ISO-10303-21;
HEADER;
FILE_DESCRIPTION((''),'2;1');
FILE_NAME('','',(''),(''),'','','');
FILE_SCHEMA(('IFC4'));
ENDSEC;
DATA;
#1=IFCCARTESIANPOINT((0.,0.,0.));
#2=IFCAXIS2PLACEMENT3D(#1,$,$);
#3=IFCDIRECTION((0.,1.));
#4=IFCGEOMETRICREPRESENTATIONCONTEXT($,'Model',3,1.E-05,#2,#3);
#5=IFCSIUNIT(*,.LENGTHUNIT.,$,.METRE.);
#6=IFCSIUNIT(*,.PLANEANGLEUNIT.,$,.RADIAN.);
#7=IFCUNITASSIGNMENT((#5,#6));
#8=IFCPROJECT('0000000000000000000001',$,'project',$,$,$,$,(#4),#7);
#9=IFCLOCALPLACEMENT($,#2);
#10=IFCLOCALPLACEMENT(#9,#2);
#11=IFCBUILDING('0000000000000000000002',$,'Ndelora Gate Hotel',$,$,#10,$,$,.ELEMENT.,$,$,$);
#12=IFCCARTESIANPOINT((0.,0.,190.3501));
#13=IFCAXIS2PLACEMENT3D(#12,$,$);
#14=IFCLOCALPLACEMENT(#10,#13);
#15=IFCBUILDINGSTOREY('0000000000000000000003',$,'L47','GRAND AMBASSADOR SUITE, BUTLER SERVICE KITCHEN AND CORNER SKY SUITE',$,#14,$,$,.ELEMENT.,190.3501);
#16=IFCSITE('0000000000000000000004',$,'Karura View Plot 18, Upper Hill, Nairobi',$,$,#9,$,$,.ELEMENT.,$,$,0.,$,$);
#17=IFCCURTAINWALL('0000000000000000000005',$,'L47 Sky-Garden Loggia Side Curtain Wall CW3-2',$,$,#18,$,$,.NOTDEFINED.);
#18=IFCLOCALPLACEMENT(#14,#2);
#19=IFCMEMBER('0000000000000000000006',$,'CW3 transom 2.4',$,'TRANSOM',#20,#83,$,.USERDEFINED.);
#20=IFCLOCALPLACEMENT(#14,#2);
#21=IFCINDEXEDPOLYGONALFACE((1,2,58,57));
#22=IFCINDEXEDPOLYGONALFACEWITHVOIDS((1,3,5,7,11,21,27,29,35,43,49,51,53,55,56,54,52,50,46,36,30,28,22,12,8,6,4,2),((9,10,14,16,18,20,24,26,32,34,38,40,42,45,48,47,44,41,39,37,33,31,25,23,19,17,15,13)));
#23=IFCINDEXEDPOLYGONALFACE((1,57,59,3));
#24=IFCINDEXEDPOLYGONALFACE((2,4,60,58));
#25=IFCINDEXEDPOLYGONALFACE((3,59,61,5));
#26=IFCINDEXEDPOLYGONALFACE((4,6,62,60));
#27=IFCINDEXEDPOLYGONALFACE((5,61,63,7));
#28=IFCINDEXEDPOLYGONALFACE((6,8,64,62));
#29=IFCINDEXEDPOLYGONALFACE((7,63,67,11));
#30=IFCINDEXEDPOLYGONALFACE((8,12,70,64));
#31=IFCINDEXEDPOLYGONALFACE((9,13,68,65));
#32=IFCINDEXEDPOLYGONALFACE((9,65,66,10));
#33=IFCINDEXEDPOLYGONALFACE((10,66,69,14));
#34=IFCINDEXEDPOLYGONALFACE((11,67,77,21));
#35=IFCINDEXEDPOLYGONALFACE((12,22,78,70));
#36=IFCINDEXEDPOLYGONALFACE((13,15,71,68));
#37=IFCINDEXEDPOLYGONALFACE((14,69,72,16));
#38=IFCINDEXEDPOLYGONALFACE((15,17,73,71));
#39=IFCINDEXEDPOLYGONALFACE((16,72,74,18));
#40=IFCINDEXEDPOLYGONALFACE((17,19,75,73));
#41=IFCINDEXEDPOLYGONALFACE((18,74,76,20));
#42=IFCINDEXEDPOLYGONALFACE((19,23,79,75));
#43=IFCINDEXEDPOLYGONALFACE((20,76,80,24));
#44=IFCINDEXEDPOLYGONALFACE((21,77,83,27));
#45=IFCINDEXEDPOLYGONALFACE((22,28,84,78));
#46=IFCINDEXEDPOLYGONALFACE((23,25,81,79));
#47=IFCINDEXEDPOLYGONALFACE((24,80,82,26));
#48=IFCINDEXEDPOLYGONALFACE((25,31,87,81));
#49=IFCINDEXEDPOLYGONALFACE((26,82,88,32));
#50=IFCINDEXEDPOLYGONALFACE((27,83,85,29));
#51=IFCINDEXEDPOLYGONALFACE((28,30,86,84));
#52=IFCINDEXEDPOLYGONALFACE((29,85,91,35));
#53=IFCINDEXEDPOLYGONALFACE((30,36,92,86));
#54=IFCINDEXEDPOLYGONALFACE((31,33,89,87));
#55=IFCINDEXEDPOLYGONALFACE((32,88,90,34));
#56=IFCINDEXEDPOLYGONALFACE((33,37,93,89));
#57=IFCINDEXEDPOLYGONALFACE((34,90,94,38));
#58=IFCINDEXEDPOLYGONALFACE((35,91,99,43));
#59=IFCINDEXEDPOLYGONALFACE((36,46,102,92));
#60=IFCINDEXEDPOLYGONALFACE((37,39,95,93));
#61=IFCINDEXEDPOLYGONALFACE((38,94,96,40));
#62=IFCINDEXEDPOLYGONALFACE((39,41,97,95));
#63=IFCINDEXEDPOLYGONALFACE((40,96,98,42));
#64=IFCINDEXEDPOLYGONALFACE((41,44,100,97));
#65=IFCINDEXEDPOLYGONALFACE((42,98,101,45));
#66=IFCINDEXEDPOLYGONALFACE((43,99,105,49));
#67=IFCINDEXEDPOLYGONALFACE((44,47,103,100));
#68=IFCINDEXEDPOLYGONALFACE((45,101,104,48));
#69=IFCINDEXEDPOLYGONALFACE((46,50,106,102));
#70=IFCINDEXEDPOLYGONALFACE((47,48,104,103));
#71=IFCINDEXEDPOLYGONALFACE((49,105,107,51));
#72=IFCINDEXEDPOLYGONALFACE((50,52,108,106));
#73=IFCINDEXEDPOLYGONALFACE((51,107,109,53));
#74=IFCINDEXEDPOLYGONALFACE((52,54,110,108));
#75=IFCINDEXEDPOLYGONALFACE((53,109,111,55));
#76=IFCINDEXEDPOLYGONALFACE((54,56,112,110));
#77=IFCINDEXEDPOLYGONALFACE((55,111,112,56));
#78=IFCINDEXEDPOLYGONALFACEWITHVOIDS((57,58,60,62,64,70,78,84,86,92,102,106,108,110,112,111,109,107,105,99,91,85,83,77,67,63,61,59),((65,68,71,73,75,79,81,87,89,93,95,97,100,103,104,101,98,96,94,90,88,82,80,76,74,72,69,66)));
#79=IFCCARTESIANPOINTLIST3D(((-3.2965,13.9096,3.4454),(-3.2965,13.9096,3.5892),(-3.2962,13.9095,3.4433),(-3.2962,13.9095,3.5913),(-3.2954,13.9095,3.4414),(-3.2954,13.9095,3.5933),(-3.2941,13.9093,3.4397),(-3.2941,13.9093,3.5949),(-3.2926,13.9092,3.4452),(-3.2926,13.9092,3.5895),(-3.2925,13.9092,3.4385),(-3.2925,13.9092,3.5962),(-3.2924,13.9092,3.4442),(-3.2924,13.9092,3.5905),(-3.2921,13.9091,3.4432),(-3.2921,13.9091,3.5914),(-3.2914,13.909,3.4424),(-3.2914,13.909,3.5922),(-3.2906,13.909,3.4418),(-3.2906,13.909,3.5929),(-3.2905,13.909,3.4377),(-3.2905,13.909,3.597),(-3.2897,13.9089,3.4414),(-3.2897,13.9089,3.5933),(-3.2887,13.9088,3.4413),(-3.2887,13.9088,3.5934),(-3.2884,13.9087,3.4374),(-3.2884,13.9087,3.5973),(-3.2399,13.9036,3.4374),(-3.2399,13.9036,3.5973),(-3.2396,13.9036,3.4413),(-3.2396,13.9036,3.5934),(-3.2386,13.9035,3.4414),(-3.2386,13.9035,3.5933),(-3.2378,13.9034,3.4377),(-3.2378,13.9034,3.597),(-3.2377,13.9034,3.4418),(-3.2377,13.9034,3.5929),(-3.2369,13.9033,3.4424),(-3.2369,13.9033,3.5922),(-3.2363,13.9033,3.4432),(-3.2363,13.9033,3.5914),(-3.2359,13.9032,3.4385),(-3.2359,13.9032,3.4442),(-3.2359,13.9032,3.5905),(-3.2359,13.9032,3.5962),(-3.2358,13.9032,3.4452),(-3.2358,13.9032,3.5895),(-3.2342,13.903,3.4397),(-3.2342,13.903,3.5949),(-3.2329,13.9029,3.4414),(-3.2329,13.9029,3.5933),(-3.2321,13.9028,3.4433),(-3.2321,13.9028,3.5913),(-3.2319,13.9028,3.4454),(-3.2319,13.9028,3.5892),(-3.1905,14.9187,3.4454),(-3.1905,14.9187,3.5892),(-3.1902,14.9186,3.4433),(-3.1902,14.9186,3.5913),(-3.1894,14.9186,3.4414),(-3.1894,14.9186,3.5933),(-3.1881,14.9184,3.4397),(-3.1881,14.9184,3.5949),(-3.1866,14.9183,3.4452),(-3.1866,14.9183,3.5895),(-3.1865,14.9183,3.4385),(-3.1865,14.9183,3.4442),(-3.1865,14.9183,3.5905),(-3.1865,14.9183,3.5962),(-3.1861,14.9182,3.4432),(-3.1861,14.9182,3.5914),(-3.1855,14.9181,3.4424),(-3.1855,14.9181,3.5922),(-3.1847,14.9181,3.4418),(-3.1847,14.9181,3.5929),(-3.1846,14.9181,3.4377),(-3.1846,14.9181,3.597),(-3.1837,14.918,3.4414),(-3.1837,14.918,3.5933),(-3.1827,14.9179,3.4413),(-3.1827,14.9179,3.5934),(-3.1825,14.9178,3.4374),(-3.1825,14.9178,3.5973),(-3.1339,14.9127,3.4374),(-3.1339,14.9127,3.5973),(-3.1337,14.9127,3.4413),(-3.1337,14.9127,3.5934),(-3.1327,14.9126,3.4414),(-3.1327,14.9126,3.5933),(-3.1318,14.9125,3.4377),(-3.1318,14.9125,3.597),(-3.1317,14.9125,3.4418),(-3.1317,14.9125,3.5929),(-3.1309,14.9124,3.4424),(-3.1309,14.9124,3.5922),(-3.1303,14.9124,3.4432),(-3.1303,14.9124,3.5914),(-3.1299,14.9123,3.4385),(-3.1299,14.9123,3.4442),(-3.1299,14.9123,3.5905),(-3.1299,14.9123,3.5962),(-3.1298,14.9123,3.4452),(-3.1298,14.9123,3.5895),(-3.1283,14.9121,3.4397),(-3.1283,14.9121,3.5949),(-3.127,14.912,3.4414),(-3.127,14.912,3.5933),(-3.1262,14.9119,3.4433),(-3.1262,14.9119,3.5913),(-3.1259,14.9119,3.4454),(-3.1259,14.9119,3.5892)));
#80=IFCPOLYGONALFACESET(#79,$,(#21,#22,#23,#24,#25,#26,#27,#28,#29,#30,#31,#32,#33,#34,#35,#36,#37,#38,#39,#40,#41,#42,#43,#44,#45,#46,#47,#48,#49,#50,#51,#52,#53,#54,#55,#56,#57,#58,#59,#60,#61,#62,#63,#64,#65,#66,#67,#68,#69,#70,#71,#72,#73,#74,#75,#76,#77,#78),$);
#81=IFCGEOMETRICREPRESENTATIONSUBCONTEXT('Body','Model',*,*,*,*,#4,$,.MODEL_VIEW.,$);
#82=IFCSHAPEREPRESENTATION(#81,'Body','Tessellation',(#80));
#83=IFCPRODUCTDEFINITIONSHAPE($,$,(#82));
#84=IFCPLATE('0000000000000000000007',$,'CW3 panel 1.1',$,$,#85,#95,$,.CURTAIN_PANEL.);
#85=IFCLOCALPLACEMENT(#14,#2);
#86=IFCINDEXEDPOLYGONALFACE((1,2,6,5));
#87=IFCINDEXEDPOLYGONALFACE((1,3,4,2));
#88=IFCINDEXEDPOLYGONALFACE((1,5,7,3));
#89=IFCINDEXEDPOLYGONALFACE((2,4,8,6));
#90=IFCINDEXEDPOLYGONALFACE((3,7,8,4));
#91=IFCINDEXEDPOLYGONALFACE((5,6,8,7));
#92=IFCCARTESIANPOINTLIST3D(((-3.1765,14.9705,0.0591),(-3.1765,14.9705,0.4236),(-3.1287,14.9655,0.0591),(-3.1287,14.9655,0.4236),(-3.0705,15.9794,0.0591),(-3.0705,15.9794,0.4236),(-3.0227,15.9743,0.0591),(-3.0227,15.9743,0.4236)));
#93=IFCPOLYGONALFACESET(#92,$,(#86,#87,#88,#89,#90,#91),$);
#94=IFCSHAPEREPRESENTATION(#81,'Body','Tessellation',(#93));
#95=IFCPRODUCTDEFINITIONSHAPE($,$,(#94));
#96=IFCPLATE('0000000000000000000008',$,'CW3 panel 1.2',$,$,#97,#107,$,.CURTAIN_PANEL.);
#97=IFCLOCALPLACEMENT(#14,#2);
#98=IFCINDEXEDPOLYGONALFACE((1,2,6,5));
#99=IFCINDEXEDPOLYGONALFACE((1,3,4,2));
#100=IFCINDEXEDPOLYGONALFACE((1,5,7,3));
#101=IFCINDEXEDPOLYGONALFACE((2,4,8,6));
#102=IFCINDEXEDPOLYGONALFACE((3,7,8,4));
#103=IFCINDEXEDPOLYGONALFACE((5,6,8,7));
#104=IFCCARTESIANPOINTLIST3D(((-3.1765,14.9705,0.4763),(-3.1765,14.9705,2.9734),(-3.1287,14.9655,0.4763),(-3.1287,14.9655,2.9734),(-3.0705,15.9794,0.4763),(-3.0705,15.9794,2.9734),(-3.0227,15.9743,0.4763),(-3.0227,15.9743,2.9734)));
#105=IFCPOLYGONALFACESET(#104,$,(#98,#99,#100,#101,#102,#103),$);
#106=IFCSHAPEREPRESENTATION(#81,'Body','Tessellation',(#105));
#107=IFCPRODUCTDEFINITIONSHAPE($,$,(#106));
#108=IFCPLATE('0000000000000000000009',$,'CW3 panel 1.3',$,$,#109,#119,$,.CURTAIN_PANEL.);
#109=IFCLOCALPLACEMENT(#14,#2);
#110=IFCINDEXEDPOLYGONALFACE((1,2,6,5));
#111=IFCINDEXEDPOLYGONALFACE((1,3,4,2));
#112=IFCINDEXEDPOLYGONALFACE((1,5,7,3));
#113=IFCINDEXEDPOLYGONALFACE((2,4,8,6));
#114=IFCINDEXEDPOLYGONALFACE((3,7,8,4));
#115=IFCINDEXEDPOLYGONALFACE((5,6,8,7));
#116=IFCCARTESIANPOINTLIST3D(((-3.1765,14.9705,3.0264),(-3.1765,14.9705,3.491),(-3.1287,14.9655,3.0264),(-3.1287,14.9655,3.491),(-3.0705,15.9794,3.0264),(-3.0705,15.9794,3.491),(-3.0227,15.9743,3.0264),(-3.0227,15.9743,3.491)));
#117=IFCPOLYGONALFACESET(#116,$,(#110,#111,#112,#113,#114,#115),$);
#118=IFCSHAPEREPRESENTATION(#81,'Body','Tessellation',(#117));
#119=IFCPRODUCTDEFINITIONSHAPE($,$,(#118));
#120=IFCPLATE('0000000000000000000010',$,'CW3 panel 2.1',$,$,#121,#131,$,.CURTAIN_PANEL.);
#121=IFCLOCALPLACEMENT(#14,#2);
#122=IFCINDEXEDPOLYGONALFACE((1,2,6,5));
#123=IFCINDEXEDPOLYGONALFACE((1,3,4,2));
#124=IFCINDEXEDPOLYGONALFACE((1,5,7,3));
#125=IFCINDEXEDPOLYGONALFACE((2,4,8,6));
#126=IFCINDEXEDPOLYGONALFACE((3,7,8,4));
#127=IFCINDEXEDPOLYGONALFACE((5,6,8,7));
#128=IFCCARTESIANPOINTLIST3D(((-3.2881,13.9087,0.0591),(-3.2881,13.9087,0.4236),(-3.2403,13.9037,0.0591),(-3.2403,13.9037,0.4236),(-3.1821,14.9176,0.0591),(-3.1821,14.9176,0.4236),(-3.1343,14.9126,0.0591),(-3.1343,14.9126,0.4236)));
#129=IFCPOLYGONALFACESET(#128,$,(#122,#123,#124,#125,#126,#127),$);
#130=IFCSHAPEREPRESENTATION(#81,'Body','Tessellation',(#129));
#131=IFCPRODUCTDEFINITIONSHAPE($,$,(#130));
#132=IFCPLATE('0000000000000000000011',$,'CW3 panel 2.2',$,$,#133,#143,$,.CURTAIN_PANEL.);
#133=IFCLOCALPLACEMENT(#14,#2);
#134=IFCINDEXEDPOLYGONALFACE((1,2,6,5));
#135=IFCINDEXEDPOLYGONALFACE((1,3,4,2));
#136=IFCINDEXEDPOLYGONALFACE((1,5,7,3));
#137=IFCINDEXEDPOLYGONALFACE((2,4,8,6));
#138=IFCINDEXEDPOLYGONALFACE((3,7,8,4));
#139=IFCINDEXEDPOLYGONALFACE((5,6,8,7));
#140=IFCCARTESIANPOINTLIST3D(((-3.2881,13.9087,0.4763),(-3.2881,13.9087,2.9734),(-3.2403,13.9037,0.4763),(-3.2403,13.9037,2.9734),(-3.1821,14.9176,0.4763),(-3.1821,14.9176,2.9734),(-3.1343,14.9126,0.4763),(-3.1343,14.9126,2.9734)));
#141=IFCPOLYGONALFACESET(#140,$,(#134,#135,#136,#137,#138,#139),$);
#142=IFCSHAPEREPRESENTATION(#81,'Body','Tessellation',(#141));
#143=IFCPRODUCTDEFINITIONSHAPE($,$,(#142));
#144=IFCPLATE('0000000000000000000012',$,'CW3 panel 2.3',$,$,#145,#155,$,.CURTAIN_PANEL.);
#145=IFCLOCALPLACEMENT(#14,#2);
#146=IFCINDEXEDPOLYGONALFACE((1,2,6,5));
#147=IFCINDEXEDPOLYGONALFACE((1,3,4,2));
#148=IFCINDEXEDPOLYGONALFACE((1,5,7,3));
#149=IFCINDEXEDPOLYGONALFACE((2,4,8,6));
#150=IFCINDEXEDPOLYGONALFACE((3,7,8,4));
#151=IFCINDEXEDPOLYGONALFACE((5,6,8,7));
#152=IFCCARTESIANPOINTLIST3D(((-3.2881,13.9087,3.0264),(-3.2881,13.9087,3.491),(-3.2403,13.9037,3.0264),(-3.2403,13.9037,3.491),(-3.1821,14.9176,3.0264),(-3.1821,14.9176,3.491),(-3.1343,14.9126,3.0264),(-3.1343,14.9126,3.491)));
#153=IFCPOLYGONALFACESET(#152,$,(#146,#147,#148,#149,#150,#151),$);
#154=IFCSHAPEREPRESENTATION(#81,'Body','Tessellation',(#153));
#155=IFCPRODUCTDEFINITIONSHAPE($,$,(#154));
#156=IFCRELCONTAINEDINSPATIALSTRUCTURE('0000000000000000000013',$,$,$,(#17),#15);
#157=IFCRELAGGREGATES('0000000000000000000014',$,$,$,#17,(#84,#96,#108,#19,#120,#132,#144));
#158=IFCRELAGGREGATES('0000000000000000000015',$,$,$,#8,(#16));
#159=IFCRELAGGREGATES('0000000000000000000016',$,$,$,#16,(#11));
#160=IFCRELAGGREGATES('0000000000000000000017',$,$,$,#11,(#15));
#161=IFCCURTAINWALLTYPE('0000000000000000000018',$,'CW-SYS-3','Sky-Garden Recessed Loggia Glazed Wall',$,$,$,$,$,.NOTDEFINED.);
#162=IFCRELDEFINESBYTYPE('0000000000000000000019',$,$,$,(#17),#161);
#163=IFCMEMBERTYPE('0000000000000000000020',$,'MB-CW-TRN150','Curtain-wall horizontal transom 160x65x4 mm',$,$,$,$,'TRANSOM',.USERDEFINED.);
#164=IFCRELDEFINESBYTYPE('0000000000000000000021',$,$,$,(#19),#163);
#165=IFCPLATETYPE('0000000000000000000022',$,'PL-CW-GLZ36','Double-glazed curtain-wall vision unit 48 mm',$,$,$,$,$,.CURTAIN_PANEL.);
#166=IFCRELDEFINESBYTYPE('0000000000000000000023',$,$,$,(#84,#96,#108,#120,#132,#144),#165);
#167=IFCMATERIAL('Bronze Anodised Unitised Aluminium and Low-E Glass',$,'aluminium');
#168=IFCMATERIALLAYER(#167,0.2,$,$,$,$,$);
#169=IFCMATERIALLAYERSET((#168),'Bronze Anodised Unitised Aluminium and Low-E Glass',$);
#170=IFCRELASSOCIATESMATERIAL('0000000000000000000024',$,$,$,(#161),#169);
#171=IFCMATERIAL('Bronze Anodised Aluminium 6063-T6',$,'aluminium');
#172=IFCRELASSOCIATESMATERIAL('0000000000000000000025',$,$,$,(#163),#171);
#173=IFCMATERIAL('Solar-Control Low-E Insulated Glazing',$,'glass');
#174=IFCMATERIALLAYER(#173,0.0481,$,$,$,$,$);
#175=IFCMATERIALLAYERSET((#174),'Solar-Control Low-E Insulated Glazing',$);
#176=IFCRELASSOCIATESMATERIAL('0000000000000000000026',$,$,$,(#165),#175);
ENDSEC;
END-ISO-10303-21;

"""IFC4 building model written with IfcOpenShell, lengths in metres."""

from ifc_helpers import new_model, si_unit, direction, frame, origin, origin_2d, place, context, subcontext, project, spatial, rectangle, hollow_rectangle, extrude, material, layer, layer_set, material_profile, profile_set, type_object, element, aggregate, save


model = new_model("IFC4")

# Units and contexts
model_context = context("Model", 3, precision=1e-05, world=origin(), true_north=direction((0.0, 1.0)))
body_context = subcontext(model_context, "Body", "Model", "MODEL_VIEW")
ifc_project = project(units=[si_unit("LENGTHUNIT", "METRE"), si_unit("PLANEANGLEUNIT", "RADIAN")], contexts=[model_context])

# Site, building, storey
site_placement = place(None, origin())
site = spatial("IfcSite", under=ifc_project, at=site_placement, Name="Karura View Plot 18, Upper Hill, Nairobi", CompositionType="ELEMENT", RefElevation=0.0)
building_placement = place(site_placement, origin())
building = spatial("IfcBuilding", under=site, at=building_placement, Name="Ndelora Gate Hotel", CompositionType="ELEMENT")
storey_placement = place(building_placement, frame((0.0, 0.0, 190.3501)))
storey = spatial("IfcBuildingStorey", under=building, at=storey_placement, Name="L47", Description="GRAND AMBASSADOR SUITE, BUTLER SERVICE KITCHEN AND CORNER SKY SUITE", CompositionType="ELEMENT", Elevation=190.3501)

# Curtain wall, member, plates
ifc_material_1 = material(Name="Bronze Anodised Unitised Aluminium and Low-E Glass", Category="aluminium")
ifc_layer_1 = layer(ifc_material_1, 0.2)
ifc_layer_set_1 = layer_set([ifc_layer_1], Name="Bronze Anodised Unitised Aluminium and Low-E Glass")
curtain_wall_type = type_object("IfcCurtainWallType", Name="CW-SYS-3", Description="Sky-Garden Recessed Loggia Glazed Wall", PredefinedType="NOTDEFINED", material=ifc_layer_set_1)
curtain_wall_placement = place(storey_placement, origin())
curtain_wall = element("IfcCurtainWall", 1, at=curtain_wall_placement, inside=storey, type_object=curtain_wall_type, Name="L47 Sky-Garden Loggia Side Curtain Wall CW3-2", PredefinedType="NOTDEFINED")
ifc_material_2 = material(Name="Bronze Anodised Aluminium 6063-T6", Category="aluminium")
ifc_material_profile_1 = material_profile(ifc_material_2, hollow_rectangle(XDim=0.0649, YDim=0.1599, WallThickness=0.0039, InnerFilletRadius=0.0039, OuterFilletRadius=0.0081, at=origin_2d()), Name="ALU 160x65x4")
ifc_profile_set_1 = profile_set([ifc_material_profile_1], Name="Bronze Anodised Aluminium 6063-T6")
member_type_1 = type_object("IfcMemberType", Name="MB-CW-TRN150", Description="Curtain-wall horizontal transom 160x65x4 mm", ElementType="TRANSOM", PredefinedType="USERDEFINED", material=ifc_profile_set_1)
member_1_placement = place(storey_placement, frame((-3.1582, 14.9153, 3.5173), z_axis=(-0.104434, -0.994532, 0.0), x_axis=(0.994532, -0.104434, 0.0)))
member_1 = element("IfcMember", 2, at=member_1_placement, type_object=member_type_1, Name="CW3 transom 2.4", ObjectType="TRANSOM", PredefinedType="USERDEFINED", context=body_context, shape_type="SweptSolid", body=[
    extrude(hollow_rectangle(XDim=0.0649, YDim=0.1599, WallThickness=0.0039, InnerFilletRadius=0.0039, OuterFilletRadius=0.0081, at=origin_2d()), origin(), (0.0, 0.0, 1.0), 1.0146),
])
ifc_material_3 = material(Name="Solar-Control Low-E Insulated Glazing", Category="glass")
ifc_layer_2 = layer(ifc_material_3, 0.0481)
ifc_layer_set_2 = layer_set([ifc_layer_2], Name="Solar-Control Low-E Insulated Glazing")
plate_type = type_object("IfcPlateType", Name="PL-CW-GLZ36", Description="Double-glazed curtain-wall vision unit 48 mm", PredefinedType="CURTAIN_PANEL", material=ifc_layer_set_2)
plate_1_placement = place(storey_placement, frame((-3.0996, 15.4724, 0.0591), z_axis=(0.0, 0.0, 1.0), x_axis=(-0.104498, -0.994525, 0.0)))
plate_1 = element("IfcPlate", 3, at=plate_1_placement, type_object=plate_type, Name="CW3 panel 1.1", PredefinedType="CURTAIN_PANEL", context=body_context, shape_type="SweptSolid", body=[
    extrude(rectangle(XDim=1.0144, YDim=0.0481, at=origin_2d()), origin(), (0.0, 0.0, 1.0), 0.3645),
])
plate_2_placement = place(storey_placement, frame((-3.0996, 15.4724, 0.4763), z_axis=(0.0, 0.0, 1.0), x_axis=(-0.104498, -0.994525, 0.0)))
plate_2 = element("IfcPlate", 4, at=plate_2_placement, type_object=plate_type, Name="CW3 panel 1.2", PredefinedType="CURTAIN_PANEL", context=body_context, shape_type="SweptSolid", body=[
    extrude(rectangle(XDim=1.0144, YDim=0.0481, at=origin_2d()), origin(), (0.0, 0.0, 1.0), 2.4971),
])
plate_3_placement = place(storey_placement, frame((-3.0996, 15.4724, 3.0264), z_axis=(0.0, 0.0, 1.0), x_axis=(-0.104498, -0.994525, 0.0)))
plate_3 = element("IfcPlate", 5, at=plate_3_placement, type_object=plate_type, Name="CW3 panel 1.3", PredefinedType="CURTAIN_PANEL", context=body_context, shape_type="SweptSolid", body=[
    extrude(rectangle(XDim=1.0144, YDim=0.0481, at=origin_2d()), origin(), (0.0, 0.0, 1.0), 0.4646),
])
plate_4_placement = place(storey_placement, frame((-3.2112, 14.4106, 0.0591), z_axis=(0.0, 0.0, 1.0), x_axis=(-0.104498, -0.994525, 0.0)))
plate_4 = element("IfcPlate", 6, at=plate_4_placement, type_object=plate_type, Name="CW3 panel 2.1", PredefinedType="CURTAIN_PANEL", context=body_context, shape_type="SweptSolid", body=[
    extrude(rectangle(XDim=1.0144, YDim=0.0481, at=origin_2d()), origin(), (0.0, 0.0, 1.0), 0.3645),
])
plate_5_placement = place(storey_placement, frame((-3.2112, 14.4106, 0.4763), z_axis=(0.0, 0.0, 1.0), x_axis=(-0.104498, -0.994525, 0.0)))
plate_5 = element("IfcPlate", 7, at=plate_5_placement, type_object=plate_type, Name="CW3 panel 2.2", PredefinedType="CURTAIN_PANEL", context=body_context, shape_type="SweptSolid", body=[
    extrude(rectangle(XDim=1.0144, YDim=0.0481, at=origin_2d()), origin(), (0.0, 0.0, 1.0), 2.4971),
])
plate_6_placement = place(storey_placement, frame((-3.2112, 14.4106, 3.0264), z_axis=(0.0, 0.0, 1.0), x_axis=(-0.104498, -0.994525, 0.0)))
plate_6 = element("IfcPlate", 8, at=plate_6_placement, type_object=plate_type, Name="CW3 panel 2.3", PredefinedType="CURTAIN_PANEL", context=body_context, shape_type="SweptSolid", body=[
    extrude(rectangle(XDim=1.0144, YDim=0.0481, at=origin_2d()), origin(), (0.0, 0.0, 1.0), 0.4646),
])
aggregate(curtain_wall, [plate_1, plate_2, plate_3, member_1, plate_4, plate_5, plate_6])

save(model, "model.ifc")
